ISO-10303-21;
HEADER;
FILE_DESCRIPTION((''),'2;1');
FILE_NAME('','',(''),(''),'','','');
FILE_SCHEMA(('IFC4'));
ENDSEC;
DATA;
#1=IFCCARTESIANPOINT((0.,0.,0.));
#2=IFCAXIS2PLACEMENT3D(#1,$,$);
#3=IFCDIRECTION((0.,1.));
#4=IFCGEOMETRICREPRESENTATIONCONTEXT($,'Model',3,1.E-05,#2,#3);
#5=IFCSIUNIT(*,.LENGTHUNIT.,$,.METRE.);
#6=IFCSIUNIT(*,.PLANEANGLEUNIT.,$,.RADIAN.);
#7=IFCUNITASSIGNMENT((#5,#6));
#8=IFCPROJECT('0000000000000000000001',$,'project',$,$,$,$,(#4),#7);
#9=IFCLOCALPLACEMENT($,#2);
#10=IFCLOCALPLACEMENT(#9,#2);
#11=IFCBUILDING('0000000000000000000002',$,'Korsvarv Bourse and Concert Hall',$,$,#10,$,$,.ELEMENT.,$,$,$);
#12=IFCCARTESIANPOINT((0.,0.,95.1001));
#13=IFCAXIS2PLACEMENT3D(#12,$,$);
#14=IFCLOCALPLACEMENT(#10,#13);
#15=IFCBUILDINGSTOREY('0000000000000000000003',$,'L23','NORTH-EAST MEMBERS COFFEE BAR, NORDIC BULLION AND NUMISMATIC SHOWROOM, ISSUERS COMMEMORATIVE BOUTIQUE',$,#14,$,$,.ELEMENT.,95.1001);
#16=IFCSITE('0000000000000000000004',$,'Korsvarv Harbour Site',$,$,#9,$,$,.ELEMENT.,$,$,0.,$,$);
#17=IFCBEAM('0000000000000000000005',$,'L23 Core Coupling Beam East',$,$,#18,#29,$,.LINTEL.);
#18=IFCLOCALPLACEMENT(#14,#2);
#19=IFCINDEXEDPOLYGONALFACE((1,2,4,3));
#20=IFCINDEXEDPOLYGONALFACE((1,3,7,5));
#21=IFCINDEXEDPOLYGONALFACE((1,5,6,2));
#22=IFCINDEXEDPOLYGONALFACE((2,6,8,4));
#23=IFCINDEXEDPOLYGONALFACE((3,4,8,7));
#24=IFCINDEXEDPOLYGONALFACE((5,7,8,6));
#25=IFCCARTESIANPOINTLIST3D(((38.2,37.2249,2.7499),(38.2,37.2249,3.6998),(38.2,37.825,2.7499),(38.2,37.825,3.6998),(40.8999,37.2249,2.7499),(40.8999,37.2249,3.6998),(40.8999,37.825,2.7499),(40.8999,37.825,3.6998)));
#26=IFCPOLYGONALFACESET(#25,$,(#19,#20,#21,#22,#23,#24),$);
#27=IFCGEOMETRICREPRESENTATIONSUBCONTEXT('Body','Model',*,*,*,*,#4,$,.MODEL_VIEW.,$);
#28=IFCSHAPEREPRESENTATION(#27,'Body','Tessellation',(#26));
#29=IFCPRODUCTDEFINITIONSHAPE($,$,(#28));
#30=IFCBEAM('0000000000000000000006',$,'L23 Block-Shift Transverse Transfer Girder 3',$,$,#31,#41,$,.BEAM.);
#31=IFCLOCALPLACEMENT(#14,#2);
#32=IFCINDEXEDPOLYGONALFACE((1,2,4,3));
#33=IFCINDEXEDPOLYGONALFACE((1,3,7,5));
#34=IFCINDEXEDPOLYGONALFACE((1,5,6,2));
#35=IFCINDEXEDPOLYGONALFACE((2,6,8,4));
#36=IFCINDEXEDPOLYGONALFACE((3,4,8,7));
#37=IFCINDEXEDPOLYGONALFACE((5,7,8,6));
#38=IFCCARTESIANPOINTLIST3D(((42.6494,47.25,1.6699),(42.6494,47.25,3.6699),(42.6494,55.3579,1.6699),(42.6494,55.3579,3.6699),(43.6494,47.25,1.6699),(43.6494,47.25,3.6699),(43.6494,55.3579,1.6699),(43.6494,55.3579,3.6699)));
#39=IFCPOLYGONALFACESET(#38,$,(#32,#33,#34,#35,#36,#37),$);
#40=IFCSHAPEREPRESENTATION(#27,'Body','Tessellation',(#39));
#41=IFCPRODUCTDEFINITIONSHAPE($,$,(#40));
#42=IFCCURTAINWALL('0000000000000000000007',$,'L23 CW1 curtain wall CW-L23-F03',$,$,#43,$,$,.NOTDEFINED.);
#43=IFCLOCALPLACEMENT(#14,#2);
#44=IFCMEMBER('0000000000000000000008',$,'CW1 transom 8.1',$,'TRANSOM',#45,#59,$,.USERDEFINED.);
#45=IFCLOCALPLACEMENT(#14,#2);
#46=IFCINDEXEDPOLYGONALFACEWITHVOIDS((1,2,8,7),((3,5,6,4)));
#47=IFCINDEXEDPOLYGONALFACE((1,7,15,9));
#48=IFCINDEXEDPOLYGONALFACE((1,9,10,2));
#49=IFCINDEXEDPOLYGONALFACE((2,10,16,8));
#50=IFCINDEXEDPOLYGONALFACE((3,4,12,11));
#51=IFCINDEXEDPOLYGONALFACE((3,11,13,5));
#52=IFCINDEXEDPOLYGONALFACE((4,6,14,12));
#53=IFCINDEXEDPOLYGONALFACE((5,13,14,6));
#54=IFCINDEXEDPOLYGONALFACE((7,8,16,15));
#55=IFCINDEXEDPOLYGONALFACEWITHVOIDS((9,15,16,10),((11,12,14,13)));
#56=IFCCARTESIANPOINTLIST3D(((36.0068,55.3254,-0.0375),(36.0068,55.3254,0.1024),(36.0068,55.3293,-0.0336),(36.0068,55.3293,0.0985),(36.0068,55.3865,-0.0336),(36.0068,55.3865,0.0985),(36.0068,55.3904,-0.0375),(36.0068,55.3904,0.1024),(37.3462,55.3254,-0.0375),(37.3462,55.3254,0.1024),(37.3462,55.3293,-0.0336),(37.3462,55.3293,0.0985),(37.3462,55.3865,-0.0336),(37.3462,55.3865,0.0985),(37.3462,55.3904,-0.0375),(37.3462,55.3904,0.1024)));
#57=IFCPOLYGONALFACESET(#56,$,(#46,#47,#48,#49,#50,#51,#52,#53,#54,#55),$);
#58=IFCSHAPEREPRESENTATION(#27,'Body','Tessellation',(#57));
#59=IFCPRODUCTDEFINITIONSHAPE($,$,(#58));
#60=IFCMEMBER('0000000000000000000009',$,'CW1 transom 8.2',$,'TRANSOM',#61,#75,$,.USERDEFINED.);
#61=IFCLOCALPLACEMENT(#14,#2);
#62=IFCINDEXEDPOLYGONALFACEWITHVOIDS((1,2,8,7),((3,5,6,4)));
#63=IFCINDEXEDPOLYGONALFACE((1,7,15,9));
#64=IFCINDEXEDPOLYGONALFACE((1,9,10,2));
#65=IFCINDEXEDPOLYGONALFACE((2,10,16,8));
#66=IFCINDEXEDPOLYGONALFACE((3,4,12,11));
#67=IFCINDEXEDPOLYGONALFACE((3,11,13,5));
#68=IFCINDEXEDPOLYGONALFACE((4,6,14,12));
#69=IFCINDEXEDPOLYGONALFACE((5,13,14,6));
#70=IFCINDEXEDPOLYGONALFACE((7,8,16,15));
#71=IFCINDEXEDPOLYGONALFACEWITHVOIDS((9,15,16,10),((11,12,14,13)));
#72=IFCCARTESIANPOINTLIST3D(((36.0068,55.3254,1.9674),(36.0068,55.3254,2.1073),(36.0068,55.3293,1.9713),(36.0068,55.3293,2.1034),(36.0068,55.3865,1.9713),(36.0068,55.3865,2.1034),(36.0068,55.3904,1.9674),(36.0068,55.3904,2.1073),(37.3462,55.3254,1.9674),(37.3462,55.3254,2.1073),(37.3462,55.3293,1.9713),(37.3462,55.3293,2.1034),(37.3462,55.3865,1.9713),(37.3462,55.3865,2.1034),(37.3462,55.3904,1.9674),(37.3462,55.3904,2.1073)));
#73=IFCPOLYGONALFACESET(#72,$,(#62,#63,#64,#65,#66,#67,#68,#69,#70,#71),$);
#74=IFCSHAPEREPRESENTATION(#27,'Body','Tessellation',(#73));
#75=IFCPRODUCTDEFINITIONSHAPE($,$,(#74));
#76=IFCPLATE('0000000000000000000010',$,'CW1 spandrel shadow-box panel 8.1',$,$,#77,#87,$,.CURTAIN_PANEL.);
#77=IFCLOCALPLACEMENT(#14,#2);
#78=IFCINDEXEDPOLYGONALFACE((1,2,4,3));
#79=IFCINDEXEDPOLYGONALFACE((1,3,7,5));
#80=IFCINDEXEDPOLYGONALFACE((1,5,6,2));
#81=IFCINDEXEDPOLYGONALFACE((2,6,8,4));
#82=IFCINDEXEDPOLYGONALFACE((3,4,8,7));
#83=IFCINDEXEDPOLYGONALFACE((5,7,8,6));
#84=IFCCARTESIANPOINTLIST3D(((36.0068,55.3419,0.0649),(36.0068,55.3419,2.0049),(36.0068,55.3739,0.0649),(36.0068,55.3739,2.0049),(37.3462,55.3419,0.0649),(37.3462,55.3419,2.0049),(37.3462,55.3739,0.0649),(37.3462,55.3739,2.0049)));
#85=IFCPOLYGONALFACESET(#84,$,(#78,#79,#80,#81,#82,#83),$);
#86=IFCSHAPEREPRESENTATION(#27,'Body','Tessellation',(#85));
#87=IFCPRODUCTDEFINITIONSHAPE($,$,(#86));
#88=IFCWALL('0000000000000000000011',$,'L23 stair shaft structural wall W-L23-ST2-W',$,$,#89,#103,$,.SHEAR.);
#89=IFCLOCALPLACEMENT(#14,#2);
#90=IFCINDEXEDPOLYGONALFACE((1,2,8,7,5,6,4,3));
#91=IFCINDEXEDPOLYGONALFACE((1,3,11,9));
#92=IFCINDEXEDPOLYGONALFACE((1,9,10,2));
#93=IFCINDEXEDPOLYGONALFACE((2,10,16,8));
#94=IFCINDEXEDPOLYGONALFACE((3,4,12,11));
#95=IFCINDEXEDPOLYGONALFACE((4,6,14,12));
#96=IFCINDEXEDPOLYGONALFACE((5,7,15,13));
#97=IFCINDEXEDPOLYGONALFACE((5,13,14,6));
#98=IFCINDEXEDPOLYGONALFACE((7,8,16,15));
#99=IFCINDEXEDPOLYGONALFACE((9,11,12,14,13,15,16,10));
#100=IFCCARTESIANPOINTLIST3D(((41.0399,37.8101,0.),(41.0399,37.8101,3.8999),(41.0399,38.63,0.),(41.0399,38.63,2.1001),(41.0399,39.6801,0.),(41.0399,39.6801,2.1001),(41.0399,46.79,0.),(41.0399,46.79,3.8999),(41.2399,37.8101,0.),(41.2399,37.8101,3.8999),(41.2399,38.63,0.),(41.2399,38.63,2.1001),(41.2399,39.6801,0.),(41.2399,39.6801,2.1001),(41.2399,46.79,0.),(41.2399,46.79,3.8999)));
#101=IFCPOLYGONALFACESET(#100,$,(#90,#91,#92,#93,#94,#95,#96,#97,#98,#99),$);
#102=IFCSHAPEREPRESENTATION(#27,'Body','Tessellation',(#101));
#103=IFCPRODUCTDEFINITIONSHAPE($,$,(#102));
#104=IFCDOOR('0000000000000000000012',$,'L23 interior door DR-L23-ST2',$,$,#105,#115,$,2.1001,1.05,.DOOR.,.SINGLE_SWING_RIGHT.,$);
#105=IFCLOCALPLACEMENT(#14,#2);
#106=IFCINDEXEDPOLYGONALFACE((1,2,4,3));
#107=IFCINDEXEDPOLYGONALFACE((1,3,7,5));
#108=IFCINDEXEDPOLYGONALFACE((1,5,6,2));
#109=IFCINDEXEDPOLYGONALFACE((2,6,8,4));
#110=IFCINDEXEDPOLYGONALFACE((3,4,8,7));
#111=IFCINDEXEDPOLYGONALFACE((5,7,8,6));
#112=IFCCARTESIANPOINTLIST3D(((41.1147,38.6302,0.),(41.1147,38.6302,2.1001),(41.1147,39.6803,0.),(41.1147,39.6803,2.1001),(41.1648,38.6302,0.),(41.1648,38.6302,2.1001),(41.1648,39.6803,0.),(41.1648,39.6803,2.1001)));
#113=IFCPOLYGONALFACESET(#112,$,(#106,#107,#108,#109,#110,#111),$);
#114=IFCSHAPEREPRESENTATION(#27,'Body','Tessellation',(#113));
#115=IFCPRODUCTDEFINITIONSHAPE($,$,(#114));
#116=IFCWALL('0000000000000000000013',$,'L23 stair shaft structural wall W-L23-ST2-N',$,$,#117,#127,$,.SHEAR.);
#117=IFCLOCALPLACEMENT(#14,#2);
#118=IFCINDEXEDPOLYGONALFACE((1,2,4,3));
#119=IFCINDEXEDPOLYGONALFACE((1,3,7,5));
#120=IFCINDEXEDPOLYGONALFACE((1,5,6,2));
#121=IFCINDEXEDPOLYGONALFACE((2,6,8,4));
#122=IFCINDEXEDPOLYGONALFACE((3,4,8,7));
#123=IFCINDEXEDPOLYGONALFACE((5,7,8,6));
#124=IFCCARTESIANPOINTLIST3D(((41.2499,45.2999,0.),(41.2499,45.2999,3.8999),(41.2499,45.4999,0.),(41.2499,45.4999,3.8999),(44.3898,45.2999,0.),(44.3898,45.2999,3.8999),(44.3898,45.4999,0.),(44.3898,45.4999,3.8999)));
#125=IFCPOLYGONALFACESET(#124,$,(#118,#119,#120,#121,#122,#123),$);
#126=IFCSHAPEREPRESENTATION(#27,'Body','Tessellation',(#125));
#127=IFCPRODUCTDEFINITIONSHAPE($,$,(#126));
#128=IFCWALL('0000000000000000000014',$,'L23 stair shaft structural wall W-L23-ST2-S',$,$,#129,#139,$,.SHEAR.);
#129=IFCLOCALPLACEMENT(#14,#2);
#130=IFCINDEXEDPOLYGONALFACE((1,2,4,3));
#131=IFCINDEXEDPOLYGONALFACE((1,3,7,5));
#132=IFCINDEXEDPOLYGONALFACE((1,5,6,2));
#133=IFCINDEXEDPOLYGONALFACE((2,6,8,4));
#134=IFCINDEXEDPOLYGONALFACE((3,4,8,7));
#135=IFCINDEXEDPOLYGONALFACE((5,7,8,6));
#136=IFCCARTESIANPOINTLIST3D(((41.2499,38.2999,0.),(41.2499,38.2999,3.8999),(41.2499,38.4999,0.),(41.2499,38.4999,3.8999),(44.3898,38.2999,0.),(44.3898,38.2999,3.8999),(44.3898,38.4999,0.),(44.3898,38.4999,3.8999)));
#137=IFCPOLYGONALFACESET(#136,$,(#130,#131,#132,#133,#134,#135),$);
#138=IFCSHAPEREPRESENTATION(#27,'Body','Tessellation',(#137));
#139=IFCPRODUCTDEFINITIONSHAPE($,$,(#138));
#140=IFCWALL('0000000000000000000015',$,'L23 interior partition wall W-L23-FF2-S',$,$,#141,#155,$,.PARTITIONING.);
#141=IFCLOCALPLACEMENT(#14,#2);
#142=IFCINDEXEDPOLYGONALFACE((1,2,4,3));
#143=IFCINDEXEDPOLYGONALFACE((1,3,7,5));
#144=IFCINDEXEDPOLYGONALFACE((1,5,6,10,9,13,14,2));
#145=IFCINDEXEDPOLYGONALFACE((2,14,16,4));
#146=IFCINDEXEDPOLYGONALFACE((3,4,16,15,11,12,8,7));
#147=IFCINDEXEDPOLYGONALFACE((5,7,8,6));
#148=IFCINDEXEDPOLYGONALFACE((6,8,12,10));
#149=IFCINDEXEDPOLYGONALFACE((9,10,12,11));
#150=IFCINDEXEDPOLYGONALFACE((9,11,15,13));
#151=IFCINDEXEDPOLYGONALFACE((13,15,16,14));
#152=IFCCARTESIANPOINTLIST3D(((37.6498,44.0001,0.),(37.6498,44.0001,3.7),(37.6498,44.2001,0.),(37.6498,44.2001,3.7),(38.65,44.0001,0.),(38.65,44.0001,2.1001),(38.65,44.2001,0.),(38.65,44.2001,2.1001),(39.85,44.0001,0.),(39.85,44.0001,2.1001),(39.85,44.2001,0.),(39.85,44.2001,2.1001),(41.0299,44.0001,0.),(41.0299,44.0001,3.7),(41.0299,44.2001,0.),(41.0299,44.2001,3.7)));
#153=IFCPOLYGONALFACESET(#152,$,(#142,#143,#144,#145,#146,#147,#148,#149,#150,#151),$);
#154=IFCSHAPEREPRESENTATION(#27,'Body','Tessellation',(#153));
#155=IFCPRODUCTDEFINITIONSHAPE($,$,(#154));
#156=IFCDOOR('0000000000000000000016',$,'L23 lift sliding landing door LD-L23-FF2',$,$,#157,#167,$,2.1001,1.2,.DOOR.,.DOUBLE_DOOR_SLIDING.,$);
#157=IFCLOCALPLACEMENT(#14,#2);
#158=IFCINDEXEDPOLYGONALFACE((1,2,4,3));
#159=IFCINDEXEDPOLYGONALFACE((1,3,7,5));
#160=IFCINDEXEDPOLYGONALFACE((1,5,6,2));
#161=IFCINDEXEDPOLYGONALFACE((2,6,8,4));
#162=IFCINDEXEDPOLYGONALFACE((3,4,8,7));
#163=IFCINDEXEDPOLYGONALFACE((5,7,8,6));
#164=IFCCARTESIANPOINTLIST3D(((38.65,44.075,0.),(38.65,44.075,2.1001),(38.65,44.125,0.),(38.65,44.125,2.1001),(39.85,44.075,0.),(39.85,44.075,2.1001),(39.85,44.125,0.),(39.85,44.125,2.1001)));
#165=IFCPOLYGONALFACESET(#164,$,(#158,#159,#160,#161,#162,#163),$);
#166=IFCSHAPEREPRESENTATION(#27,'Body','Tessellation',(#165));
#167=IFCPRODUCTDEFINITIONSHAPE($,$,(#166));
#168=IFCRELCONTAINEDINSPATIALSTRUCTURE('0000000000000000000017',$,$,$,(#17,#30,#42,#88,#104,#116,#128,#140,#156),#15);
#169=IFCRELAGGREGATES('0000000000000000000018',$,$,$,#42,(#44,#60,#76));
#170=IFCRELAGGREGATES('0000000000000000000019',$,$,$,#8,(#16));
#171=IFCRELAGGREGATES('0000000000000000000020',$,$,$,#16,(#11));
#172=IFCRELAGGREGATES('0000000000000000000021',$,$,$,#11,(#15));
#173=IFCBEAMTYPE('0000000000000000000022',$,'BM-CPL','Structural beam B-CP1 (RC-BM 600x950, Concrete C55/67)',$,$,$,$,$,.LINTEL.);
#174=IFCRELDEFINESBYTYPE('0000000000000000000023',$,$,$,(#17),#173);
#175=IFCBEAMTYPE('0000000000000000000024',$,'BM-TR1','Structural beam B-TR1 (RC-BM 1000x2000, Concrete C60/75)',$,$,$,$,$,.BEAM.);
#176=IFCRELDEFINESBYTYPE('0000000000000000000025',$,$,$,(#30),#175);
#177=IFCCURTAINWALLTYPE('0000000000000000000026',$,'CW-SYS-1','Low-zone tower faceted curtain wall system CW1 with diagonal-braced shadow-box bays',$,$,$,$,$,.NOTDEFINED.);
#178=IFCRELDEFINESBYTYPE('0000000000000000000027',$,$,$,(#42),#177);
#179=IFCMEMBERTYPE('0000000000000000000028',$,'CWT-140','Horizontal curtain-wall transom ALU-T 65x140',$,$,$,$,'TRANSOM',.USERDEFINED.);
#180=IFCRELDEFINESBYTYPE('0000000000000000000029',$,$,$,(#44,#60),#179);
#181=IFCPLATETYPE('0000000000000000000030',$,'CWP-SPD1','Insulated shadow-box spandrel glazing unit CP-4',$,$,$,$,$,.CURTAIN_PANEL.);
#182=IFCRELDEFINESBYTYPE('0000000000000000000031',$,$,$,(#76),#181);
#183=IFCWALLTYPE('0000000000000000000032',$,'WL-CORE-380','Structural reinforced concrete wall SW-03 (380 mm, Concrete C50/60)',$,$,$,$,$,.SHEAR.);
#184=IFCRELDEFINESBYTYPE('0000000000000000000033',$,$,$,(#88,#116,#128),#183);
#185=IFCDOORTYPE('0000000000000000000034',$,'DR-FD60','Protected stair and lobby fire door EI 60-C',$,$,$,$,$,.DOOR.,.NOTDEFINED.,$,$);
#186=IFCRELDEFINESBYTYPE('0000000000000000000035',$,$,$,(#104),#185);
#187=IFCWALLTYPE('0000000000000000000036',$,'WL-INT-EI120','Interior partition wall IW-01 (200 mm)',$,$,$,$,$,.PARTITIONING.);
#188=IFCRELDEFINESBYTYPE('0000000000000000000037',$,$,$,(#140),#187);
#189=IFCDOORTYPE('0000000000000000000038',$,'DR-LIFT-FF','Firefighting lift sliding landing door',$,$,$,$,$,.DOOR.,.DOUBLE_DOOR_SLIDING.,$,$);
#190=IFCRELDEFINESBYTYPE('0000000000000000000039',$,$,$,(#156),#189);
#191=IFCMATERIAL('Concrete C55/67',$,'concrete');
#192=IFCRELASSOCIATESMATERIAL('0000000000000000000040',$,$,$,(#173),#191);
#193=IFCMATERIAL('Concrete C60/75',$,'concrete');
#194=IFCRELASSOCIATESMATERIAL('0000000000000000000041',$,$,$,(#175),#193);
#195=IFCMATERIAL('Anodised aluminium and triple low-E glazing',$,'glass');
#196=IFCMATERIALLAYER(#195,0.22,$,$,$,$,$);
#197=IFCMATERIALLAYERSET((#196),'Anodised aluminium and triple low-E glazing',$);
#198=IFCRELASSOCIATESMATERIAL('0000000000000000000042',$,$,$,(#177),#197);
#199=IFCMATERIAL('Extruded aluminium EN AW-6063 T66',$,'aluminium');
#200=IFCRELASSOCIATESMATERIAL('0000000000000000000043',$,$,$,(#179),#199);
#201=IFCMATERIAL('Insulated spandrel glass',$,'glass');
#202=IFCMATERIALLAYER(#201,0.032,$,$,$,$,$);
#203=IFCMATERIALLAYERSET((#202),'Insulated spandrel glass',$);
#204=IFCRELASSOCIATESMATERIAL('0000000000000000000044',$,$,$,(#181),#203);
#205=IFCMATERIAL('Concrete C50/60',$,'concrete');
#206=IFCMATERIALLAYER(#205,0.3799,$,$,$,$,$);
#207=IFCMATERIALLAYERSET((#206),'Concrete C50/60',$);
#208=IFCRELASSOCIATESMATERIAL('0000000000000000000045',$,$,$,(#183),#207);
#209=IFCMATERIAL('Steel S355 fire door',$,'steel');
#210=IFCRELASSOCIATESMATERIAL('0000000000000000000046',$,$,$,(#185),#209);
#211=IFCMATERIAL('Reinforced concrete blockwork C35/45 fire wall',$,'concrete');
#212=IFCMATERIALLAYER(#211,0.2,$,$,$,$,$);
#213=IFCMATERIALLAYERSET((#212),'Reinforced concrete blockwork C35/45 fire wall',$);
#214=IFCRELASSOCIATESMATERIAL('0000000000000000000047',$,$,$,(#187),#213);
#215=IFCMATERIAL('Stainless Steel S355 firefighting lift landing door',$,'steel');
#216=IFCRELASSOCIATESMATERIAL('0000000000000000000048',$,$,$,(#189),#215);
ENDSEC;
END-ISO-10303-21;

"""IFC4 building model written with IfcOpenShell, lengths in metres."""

from ifc_helpers import new_model, si_unit, direction, frame, frame_2d, origin, origin_2d, place, context, subcontext, project, spatial, rectangle, hollow_rectangle, extrude, source, transform, mapped, material, layer, layer_set, material_profile, profile_set, type_object, element, fill, aggregate, save


model = new_model("IFC4")

# Units and contexts
model_context = context("Model", 3, precision=1e-05, world=origin(), true_north=direction((0.0, 1.0)))
body_context = subcontext(model_context, "Body", "Model", "MODEL_VIEW")
ifc_project = project(units=[si_unit("LENGTHUNIT", "METRE"), si_unit("PLANEANGLEUNIT", "RADIAN")], contexts=[model_context])

# Site, building, storey
site_placement = place(None, origin())
site = spatial("IfcSite", under=ifc_project, at=site_placement, Name="Korsvarv Harbour Site", CompositionType="ELEMENT", RefElevation=0.0)
building_placement = place(site_placement, origin())
building = spatial("IfcBuilding", under=site, at=building_placement, Name="Korsvarv Bourse and Concert Hall", CompositionType="ELEMENT")
storey_placement = place(building_placement, frame((0.0, 0.0, 95.1001)))
storey = spatial("IfcBuildingStorey", under=building, at=storey_placement, Name="L23", Description="NORTH-EAST MEMBERS COFFEE BAR, NORDIC BULLION AND NUMISMATIC SHOWROOM, ISSUERS COMMEMORATIVE BOUTIQUE", CompositionType="ELEMENT", Elevation=95.1001)

# Beams
ifc_material_1 = material(Name="Concrete C55/67", Category="concrete")
ifc_material_profile_1 = material_profile(ifc_material_1, rectangle(XDim=0.6001, YDim=0.95, at=origin_2d()), Name="RC-BM 600x950")
ifc_profile_set_1 = profile_set([ifc_material_profile_1], Name="Concrete C55/67")
beam_type_1 = type_object("IfcBeamType", Name="BM-CPL", Description="Structural beam B-CP1 (RC-BM 600x950, Concrete C55/67)", PredefinedType="LINTEL", material=ifc_profile_set_1)
shared_shape_1 = source(origin(), body_context, "Body", "SweptSolid", [
    extrude(rectangle(XDim=0.6001, YDim=0.95, at=origin_2d()), origin(), (0.0, 0.0, 1.0), 2.7),
])
beam_1_placement = place(storey_placement, frame((38.2, 37.5249, 3.2249), z_axis=(1.0, 0.0, 0.0), x_axis=(0.0, 1.0, 0.0)))
element("IfcBeam", 1, at=beam_1_placement, inside=storey, type_object=beam_type_1, Name="L23 Core Coupling Beam East", PredefinedType="LINTEL", context=body_context, shape_type="MappedRepresentation", body=[
    mapped(shared_shape_1, transform((0.0, 0.0, 0.0), scale=1.0)),
])
ifc_material_2 = material(Name="Concrete C60/75", Category="concrete")
ifc_material_profile_2 = material_profile(ifc_material_2, rectangle(XDim=1.0, YDim=2.0, at=origin_2d()), Name="RC-BM 1000x2000")
ifc_profile_set_2 = profile_set([ifc_material_profile_2], Name="Concrete C60/75")
beam_type_2 = type_object("IfcBeamType", Name="BM-TR1", Description="Structural beam B-TR1 (RC-BM 1000x2000, Concrete C60/75)", PredefinedType="BEAM", material=ifc_profile_set_2)
shared_shape_2 = source(origin(), body_context, "Body", "SweptSolid", [
    extrude(rectangle(XDim=1.0, YDim=2.0, at=origin_2d()), origin(), (0.0, 0.0, 1.0), 8.1079),
])
beam_2_placement = place(storey_placement, frame((43.1494, 47.25, 2.6699), z_axis=(0.0, 1.0, 0.0), x_axis=(-1.0, 0.0, 0.0)))
element("IfcBeam", 2, at=beam_2_placement, inside=storey, type_object=beam_type_2, Name="L23 Block-Shift Transverse Transfer Girder 3", PredefinedType="BEAM", context=body_context, shape_type="MappedRepresentation", body=[
    mapped(shared_shape_2, transform((0.0, 0.0, 0.0), scale=1.0)),
])

# Curtain wall, members, plate
ifc_material_3 = material(Name="Anodised aluminium and triple low-E glazing", Category="glass")
ifc_layer_1 = layer(ifc_material_3, 0.22)
ifc_layer_set_1 = layer_set([ifc_layer_1], Name="Anodised aluminium and triple low-E glazing")
curtain_wall_type = type_object("IfcCurtainWallType", Name="CW-SYS-1", Description="Low-zone tower faceted curtain wall system CW1 with diagonal-braced shadow-box bays", PredefinedType="NOTDEFINED", material=ifc_layer_set_1)
curtain_wall_placement = place(storey_placement, origin())
curtain_wall = element("IfcCurtainWall", 3, at=curtain_wall_placement, inside=storey, type_object=curtain_wall_type, Name="L23 CW1 curtain wall CW-L23-F03", PredefinedType="NOTDEFINED")
ifc_material_4 = material(Name="Extruded aluminium EN AW-6063 T66", Category="aluminium")
ifc_material_profile_3 = material_profile(ifc_material_4, hollow_rectangle(XDim=0.0649, YDim=0.1399, WallThickness=0.0039, at=origin_2d()), Name="ALU-T 65x140")
ifc_profile_set_3 = profile_set([ifc_material_profile_3], Name="Extruded aluminium EN AW-6063 T66")
member_type = type_object("IfcMemberType", Name="CWT-140", Description="Horizontal curtain-wall transom ALU-T 65x140", ElementType="TRANSOM", PredefinedType="USERDEFINED", material=ifc_profile_set_3)
shared_shape_3 = source(origin(), body_context, "Body", "SweptSolid", [
    extrude(hollow_rectangle(XDim=0.0649, YDim=0.1399, WallThickness=0.0039, at=origin_2d()), origin(), (0.0, 0.0, 1.0), 1.3394),
])
member_1_placement = place(storey_placement, frame((37.3462, 55.3579, 0.0325), z_axis=(-1.0, 0.0, 0.0), x_axis=(0.0, -1.0, 0.0)))
member_1 = element("IfcMember", 4, at=member_1_placement, type_object=member_type, Name="CW1 transom 8.1", ObjectType="TRANSOM", PredefinedType="USERDEFINED", context=body_context, shape_type="MappedRepresentation", body=[
    mapped(shared_shape_3, transform((0.0, 0.0, 0.0), scale=1.0)),
])
member_2_placement = place(storey_placement, frame((37.3462, 55.3579, 2.0374), z_axis=(-1.0, 0.0, 0.0), x_axis=(0.0, -1.0, 0.0)))
member_2 = element("IfcMember", 5, at=member_2_placement, type_object=member_type, Name="CW1 transom 8.2", ObjectType="TRANSOM", PredefinedType="USERDEFINED", context=body_context, shape_type="MappedRepresentation", body=[
    mapped(shared_shape_3, transform((0.0, 0.0, 0.0), scale=1.0)),
])
ifc_material_5 = material(Name="Insulated spandrel glass", Category="glass")
ifc_layer_2 = layer(ifc_material_5, 0.032)
ifc_layer_set_2 = layer_set([ifc_layer_2], Name="Insulated spandrel glass")
plate_type = type_object("IfcPlateType", Name="CWP-SPD1", Description="Insulated shadow-box spandrel glazing unit CP-4", PredefinedType="CURTAIN_PANEL", material=ifc_layer_set_2)
shared_shape_4 = source(origin(), body_context, "Body", "SweptSolid", [
    extrude(rectangle(XDim=1.3394, YDim=0.032, at=origin_2d()), origin(), (0.0, 0.0, 1.0), 1.9399),
])
plate_placement = place(storey_placement, frame((36.6765, 55.3579, 0.0649), z_axis=(0.0, 0.0, 1.0), x_axis=(-1.0, 0.0, 0.0)))
plate = element("IfcPlate", 6, at=plate_placement, type_object=plate_type, Name="CW1 spandrel shadow-box panel 8.1", PredefinedType="CURTAIN_PANEL", context=body_context, shape_type="MappedRepresentation", body=[
    mapped(shared_shape_4, transform((0.0, 0.0, 0.0), scale=1.0)),
])
aggregate(curtain_wall, [member_1, member_2, plate])

# Wall, opening, door
ifc_material_6 = material(Name="Concrete C50/60", Category="concrete")
ifc_layer_3 = layer(ifc_material_6, 0.3799)
ifc_layer_set_3 = layer_set([ifc_layer_3], Name="Concrete C50/60")
wall_type_1 = type_object("IfcWallType", Name="WL-CORE-380", Description="Structural reinforced concrete wall SW-03 (380 mm, Concrete C50/60)", PredefinedType="SHEAR", material=ifc_layer_set_3)
wall_1_placement = place(storey_placement, frame((41.1399, 37.8101, 0.0), z_axis=(0.0, 0.0, 1.0), x_axis=(0.0, 1.0, 0.0)))
wall_1 = element("IfcWall", 7, at=wall_1_placement, inside=storey, type_object=wall_type_1, Name="L23 stair shaft structural wall W-L23-ST2-W", PredefinedType="SHEAR", context=body_context, shape_type="SweptSolid", body=[
    extrude(rectangle(XDim=8.98, YDim=0.2, at=frame_2d((4.49, 0.0))), origin(), (0.0, 0.0, 1.0), 3.8999),
])
opening_1_placement = place(wall_1_placement, frame((0.8201, 0.0, 0.0)))
opening_1 = element("IfcOpeningElement", 8, at=opening_1_placement, cuts=wall_1, PredefinedType="OPENING", context=body_context, shape_type="SweptSolid", body=[
    extrude(rectangle(XDim=1.05, YDim=2.1001, at=frame_2d((0.5249, 1.05))), frame((0.0, 0.1099, 0.0), z_axis=(0.0, -1.0, 0.0), x_axis=(1.0, 0.0, 0.0)), (0.0, 0.0, 1.0), 0.22),
])
ifc_material_7 = material(Name="Steel S355 fire door", Category="steel")
door_type_1 = type_object("IfcDoorType", Name="DR-FD60", Description="Protected stair and lobby fire door EI 60-C", OperationType="NOTDEFINED", PredefinedType="DOOR", material=ifc_material_7)
door_1_placement = place(opening_1_placement, frame((1.05, 0.0, 0.0), z_axis=(0.0, 0.0, 1.0), x_axis=(-1.0, 0.0, 0.0)))
door_1 = element("IfcDoor", 9, at=door_1_placement, inside=storey, type_object=door_type_1, Name="L23 interior door DR-L23-ST2", OperationType="SINGLE_SWING_RIGHT", OverallHeight=2.1001, OverallWidth=1.05, PredefinedType="DOOR", context=body_context, shape_type="SweptSolid", body=[
    extrude(rectangle(XDim=1.05, YDim=2.1001, at=frame_2d((0.5249, 1.05))), frame((0.0, 0.0249, 0.0), z_axis=(0.0, -1.0, 0.0), x_axis=(1.0, 0.0, 0.0)), (0.0, 0.0, 1.0), 0.05),
])
fill(opening_1, door_1)

# Walls
for number, where, z_axis, x_axis, name in (
    (10, (41.25, 45.3999, 0.0), (0.0, 0.0, 1.0), (1.0, 0.0, 0.0), "L23 stair shaft structural wall W-L23-ST2-N"),
    (11, (41.25, 38.3999, 0.0), (0.0, 0.0, 1.0), (1.0, 0.0, 0.0), "L23 stair shaft structural wall W-L23-ST2-S"),
):
    element("IfcWall", number, at=place(storey_placement, frame(where, z_axis=z_axis, x_axis=x_axis)), inside=storey, type_object=wall_type_1, Name=name, PredefinedType="SHEAR", context=body_context, shape_type="SweptSolid", body=[
        extrude(rectangle(XDim=3.1399, YDim=0.2, at=frame_2d((1.5698, 0.0))), origin(), (0.0, 0.0, 1.0), 3.8999),
    ])

# Wall, opening, door
ifc_material_8 = material(Name="Reinforced concrete blockwork C35/45 fire wall", Category="concrete")
ifc_layer_4 = layer(ifc_material_8, 0.2)
ifc_layer_set_4 = layer_set([ifc_layer_4], Name="Reinforced concrete blockwork C35/45 fire wall")
wall_type_2 = type_object("IfcWallType", Name="WL-INT-EI120", Description="Interior partition wall IW-01 (200 mm)", PredefinedType="PARTITIONING", material=ifc_layer_set_4)
wall_2_placement = place(storey_placement, frame((37.6499, 44.1001, 0.0), z_axis=(0.0, 0.0, 1.0), x_axis=(1.0, 0.0, 0.0)))
wall_2 = element("IfcWall", 12, at=wall_2_placement, inside=storey, type_object=wall_type_2, Name="L23 interior partition wall W-L23-FF2-S", PredefinedType="PARTITIONING", context=body_context, shape_type="SweptSolid", body=[
    extrude(rectangle(XDim=3.3801, YDim=0.2, at=frame_2d((1.6899, 0.0))), origin(), (0.0, 0.0, 1.0), 3.7),
])
opening_2_placement = place(wall_2_placement, frame((1.0, 0.0, 0.0)))
opening_2 = element("IfcOpeningElement", 13, at=opening_2_placement, cuts=wall_2, PredefinedType="OPENING", context=body_context, shape_type="SweptSolid", body=[
    extrude(rectangle(XDim=1.2, YDim=2.1001, at=frame_2d((0.6001, 1.05))), frame((0.0, 0.1099, 0.0), z_axis=(0.0, -1.0, 0.0), x_axis=(1.0, 0.0, 0.0)), (0.0, 0.0, 1.0), 0.22),
])
ifc_material_9 = material(Name="Stainless Steel S355 firefighting lift landing door", Category="steel")
door_type_2 = type_object("IfcDoorType", Name="DR-LIFT-FF", Description="Firefighting lift sliding landing door", OperationType="DOUBLE_DOOR_SLIDING", PredefinedType="DOOR", material=ifc_material_9)
door_2_placement = place(opening_2_placement, origin())
door_2 = element("IfcDoor", 14, at=door_2_placement, inside=storey, type_object=door_type_2, Name="L23 lift sliding landing door LD-L23-FF2", OperationType="DOUBLE_DOOR_SLIDING", OverallHeight=2.1001, OverallWidth=1.2, PredefinedType="DOOR", context=body_context, shape_type="SweptSolid", body=[
    extrude(rectangle(XDim=1.2, YDim=2.1001, at=frame_2d((0.6001, 1.05))), frame((0.0, 0.0249, 0.0), z_axis=(0.0, -1.0, 0.0), x_axis=(1.0, 0.0, 0.0)), (0.0, 0.0, 1.0), 0.05),
])
fill(opening_2, door_2)

save(model, "model.ifc")
